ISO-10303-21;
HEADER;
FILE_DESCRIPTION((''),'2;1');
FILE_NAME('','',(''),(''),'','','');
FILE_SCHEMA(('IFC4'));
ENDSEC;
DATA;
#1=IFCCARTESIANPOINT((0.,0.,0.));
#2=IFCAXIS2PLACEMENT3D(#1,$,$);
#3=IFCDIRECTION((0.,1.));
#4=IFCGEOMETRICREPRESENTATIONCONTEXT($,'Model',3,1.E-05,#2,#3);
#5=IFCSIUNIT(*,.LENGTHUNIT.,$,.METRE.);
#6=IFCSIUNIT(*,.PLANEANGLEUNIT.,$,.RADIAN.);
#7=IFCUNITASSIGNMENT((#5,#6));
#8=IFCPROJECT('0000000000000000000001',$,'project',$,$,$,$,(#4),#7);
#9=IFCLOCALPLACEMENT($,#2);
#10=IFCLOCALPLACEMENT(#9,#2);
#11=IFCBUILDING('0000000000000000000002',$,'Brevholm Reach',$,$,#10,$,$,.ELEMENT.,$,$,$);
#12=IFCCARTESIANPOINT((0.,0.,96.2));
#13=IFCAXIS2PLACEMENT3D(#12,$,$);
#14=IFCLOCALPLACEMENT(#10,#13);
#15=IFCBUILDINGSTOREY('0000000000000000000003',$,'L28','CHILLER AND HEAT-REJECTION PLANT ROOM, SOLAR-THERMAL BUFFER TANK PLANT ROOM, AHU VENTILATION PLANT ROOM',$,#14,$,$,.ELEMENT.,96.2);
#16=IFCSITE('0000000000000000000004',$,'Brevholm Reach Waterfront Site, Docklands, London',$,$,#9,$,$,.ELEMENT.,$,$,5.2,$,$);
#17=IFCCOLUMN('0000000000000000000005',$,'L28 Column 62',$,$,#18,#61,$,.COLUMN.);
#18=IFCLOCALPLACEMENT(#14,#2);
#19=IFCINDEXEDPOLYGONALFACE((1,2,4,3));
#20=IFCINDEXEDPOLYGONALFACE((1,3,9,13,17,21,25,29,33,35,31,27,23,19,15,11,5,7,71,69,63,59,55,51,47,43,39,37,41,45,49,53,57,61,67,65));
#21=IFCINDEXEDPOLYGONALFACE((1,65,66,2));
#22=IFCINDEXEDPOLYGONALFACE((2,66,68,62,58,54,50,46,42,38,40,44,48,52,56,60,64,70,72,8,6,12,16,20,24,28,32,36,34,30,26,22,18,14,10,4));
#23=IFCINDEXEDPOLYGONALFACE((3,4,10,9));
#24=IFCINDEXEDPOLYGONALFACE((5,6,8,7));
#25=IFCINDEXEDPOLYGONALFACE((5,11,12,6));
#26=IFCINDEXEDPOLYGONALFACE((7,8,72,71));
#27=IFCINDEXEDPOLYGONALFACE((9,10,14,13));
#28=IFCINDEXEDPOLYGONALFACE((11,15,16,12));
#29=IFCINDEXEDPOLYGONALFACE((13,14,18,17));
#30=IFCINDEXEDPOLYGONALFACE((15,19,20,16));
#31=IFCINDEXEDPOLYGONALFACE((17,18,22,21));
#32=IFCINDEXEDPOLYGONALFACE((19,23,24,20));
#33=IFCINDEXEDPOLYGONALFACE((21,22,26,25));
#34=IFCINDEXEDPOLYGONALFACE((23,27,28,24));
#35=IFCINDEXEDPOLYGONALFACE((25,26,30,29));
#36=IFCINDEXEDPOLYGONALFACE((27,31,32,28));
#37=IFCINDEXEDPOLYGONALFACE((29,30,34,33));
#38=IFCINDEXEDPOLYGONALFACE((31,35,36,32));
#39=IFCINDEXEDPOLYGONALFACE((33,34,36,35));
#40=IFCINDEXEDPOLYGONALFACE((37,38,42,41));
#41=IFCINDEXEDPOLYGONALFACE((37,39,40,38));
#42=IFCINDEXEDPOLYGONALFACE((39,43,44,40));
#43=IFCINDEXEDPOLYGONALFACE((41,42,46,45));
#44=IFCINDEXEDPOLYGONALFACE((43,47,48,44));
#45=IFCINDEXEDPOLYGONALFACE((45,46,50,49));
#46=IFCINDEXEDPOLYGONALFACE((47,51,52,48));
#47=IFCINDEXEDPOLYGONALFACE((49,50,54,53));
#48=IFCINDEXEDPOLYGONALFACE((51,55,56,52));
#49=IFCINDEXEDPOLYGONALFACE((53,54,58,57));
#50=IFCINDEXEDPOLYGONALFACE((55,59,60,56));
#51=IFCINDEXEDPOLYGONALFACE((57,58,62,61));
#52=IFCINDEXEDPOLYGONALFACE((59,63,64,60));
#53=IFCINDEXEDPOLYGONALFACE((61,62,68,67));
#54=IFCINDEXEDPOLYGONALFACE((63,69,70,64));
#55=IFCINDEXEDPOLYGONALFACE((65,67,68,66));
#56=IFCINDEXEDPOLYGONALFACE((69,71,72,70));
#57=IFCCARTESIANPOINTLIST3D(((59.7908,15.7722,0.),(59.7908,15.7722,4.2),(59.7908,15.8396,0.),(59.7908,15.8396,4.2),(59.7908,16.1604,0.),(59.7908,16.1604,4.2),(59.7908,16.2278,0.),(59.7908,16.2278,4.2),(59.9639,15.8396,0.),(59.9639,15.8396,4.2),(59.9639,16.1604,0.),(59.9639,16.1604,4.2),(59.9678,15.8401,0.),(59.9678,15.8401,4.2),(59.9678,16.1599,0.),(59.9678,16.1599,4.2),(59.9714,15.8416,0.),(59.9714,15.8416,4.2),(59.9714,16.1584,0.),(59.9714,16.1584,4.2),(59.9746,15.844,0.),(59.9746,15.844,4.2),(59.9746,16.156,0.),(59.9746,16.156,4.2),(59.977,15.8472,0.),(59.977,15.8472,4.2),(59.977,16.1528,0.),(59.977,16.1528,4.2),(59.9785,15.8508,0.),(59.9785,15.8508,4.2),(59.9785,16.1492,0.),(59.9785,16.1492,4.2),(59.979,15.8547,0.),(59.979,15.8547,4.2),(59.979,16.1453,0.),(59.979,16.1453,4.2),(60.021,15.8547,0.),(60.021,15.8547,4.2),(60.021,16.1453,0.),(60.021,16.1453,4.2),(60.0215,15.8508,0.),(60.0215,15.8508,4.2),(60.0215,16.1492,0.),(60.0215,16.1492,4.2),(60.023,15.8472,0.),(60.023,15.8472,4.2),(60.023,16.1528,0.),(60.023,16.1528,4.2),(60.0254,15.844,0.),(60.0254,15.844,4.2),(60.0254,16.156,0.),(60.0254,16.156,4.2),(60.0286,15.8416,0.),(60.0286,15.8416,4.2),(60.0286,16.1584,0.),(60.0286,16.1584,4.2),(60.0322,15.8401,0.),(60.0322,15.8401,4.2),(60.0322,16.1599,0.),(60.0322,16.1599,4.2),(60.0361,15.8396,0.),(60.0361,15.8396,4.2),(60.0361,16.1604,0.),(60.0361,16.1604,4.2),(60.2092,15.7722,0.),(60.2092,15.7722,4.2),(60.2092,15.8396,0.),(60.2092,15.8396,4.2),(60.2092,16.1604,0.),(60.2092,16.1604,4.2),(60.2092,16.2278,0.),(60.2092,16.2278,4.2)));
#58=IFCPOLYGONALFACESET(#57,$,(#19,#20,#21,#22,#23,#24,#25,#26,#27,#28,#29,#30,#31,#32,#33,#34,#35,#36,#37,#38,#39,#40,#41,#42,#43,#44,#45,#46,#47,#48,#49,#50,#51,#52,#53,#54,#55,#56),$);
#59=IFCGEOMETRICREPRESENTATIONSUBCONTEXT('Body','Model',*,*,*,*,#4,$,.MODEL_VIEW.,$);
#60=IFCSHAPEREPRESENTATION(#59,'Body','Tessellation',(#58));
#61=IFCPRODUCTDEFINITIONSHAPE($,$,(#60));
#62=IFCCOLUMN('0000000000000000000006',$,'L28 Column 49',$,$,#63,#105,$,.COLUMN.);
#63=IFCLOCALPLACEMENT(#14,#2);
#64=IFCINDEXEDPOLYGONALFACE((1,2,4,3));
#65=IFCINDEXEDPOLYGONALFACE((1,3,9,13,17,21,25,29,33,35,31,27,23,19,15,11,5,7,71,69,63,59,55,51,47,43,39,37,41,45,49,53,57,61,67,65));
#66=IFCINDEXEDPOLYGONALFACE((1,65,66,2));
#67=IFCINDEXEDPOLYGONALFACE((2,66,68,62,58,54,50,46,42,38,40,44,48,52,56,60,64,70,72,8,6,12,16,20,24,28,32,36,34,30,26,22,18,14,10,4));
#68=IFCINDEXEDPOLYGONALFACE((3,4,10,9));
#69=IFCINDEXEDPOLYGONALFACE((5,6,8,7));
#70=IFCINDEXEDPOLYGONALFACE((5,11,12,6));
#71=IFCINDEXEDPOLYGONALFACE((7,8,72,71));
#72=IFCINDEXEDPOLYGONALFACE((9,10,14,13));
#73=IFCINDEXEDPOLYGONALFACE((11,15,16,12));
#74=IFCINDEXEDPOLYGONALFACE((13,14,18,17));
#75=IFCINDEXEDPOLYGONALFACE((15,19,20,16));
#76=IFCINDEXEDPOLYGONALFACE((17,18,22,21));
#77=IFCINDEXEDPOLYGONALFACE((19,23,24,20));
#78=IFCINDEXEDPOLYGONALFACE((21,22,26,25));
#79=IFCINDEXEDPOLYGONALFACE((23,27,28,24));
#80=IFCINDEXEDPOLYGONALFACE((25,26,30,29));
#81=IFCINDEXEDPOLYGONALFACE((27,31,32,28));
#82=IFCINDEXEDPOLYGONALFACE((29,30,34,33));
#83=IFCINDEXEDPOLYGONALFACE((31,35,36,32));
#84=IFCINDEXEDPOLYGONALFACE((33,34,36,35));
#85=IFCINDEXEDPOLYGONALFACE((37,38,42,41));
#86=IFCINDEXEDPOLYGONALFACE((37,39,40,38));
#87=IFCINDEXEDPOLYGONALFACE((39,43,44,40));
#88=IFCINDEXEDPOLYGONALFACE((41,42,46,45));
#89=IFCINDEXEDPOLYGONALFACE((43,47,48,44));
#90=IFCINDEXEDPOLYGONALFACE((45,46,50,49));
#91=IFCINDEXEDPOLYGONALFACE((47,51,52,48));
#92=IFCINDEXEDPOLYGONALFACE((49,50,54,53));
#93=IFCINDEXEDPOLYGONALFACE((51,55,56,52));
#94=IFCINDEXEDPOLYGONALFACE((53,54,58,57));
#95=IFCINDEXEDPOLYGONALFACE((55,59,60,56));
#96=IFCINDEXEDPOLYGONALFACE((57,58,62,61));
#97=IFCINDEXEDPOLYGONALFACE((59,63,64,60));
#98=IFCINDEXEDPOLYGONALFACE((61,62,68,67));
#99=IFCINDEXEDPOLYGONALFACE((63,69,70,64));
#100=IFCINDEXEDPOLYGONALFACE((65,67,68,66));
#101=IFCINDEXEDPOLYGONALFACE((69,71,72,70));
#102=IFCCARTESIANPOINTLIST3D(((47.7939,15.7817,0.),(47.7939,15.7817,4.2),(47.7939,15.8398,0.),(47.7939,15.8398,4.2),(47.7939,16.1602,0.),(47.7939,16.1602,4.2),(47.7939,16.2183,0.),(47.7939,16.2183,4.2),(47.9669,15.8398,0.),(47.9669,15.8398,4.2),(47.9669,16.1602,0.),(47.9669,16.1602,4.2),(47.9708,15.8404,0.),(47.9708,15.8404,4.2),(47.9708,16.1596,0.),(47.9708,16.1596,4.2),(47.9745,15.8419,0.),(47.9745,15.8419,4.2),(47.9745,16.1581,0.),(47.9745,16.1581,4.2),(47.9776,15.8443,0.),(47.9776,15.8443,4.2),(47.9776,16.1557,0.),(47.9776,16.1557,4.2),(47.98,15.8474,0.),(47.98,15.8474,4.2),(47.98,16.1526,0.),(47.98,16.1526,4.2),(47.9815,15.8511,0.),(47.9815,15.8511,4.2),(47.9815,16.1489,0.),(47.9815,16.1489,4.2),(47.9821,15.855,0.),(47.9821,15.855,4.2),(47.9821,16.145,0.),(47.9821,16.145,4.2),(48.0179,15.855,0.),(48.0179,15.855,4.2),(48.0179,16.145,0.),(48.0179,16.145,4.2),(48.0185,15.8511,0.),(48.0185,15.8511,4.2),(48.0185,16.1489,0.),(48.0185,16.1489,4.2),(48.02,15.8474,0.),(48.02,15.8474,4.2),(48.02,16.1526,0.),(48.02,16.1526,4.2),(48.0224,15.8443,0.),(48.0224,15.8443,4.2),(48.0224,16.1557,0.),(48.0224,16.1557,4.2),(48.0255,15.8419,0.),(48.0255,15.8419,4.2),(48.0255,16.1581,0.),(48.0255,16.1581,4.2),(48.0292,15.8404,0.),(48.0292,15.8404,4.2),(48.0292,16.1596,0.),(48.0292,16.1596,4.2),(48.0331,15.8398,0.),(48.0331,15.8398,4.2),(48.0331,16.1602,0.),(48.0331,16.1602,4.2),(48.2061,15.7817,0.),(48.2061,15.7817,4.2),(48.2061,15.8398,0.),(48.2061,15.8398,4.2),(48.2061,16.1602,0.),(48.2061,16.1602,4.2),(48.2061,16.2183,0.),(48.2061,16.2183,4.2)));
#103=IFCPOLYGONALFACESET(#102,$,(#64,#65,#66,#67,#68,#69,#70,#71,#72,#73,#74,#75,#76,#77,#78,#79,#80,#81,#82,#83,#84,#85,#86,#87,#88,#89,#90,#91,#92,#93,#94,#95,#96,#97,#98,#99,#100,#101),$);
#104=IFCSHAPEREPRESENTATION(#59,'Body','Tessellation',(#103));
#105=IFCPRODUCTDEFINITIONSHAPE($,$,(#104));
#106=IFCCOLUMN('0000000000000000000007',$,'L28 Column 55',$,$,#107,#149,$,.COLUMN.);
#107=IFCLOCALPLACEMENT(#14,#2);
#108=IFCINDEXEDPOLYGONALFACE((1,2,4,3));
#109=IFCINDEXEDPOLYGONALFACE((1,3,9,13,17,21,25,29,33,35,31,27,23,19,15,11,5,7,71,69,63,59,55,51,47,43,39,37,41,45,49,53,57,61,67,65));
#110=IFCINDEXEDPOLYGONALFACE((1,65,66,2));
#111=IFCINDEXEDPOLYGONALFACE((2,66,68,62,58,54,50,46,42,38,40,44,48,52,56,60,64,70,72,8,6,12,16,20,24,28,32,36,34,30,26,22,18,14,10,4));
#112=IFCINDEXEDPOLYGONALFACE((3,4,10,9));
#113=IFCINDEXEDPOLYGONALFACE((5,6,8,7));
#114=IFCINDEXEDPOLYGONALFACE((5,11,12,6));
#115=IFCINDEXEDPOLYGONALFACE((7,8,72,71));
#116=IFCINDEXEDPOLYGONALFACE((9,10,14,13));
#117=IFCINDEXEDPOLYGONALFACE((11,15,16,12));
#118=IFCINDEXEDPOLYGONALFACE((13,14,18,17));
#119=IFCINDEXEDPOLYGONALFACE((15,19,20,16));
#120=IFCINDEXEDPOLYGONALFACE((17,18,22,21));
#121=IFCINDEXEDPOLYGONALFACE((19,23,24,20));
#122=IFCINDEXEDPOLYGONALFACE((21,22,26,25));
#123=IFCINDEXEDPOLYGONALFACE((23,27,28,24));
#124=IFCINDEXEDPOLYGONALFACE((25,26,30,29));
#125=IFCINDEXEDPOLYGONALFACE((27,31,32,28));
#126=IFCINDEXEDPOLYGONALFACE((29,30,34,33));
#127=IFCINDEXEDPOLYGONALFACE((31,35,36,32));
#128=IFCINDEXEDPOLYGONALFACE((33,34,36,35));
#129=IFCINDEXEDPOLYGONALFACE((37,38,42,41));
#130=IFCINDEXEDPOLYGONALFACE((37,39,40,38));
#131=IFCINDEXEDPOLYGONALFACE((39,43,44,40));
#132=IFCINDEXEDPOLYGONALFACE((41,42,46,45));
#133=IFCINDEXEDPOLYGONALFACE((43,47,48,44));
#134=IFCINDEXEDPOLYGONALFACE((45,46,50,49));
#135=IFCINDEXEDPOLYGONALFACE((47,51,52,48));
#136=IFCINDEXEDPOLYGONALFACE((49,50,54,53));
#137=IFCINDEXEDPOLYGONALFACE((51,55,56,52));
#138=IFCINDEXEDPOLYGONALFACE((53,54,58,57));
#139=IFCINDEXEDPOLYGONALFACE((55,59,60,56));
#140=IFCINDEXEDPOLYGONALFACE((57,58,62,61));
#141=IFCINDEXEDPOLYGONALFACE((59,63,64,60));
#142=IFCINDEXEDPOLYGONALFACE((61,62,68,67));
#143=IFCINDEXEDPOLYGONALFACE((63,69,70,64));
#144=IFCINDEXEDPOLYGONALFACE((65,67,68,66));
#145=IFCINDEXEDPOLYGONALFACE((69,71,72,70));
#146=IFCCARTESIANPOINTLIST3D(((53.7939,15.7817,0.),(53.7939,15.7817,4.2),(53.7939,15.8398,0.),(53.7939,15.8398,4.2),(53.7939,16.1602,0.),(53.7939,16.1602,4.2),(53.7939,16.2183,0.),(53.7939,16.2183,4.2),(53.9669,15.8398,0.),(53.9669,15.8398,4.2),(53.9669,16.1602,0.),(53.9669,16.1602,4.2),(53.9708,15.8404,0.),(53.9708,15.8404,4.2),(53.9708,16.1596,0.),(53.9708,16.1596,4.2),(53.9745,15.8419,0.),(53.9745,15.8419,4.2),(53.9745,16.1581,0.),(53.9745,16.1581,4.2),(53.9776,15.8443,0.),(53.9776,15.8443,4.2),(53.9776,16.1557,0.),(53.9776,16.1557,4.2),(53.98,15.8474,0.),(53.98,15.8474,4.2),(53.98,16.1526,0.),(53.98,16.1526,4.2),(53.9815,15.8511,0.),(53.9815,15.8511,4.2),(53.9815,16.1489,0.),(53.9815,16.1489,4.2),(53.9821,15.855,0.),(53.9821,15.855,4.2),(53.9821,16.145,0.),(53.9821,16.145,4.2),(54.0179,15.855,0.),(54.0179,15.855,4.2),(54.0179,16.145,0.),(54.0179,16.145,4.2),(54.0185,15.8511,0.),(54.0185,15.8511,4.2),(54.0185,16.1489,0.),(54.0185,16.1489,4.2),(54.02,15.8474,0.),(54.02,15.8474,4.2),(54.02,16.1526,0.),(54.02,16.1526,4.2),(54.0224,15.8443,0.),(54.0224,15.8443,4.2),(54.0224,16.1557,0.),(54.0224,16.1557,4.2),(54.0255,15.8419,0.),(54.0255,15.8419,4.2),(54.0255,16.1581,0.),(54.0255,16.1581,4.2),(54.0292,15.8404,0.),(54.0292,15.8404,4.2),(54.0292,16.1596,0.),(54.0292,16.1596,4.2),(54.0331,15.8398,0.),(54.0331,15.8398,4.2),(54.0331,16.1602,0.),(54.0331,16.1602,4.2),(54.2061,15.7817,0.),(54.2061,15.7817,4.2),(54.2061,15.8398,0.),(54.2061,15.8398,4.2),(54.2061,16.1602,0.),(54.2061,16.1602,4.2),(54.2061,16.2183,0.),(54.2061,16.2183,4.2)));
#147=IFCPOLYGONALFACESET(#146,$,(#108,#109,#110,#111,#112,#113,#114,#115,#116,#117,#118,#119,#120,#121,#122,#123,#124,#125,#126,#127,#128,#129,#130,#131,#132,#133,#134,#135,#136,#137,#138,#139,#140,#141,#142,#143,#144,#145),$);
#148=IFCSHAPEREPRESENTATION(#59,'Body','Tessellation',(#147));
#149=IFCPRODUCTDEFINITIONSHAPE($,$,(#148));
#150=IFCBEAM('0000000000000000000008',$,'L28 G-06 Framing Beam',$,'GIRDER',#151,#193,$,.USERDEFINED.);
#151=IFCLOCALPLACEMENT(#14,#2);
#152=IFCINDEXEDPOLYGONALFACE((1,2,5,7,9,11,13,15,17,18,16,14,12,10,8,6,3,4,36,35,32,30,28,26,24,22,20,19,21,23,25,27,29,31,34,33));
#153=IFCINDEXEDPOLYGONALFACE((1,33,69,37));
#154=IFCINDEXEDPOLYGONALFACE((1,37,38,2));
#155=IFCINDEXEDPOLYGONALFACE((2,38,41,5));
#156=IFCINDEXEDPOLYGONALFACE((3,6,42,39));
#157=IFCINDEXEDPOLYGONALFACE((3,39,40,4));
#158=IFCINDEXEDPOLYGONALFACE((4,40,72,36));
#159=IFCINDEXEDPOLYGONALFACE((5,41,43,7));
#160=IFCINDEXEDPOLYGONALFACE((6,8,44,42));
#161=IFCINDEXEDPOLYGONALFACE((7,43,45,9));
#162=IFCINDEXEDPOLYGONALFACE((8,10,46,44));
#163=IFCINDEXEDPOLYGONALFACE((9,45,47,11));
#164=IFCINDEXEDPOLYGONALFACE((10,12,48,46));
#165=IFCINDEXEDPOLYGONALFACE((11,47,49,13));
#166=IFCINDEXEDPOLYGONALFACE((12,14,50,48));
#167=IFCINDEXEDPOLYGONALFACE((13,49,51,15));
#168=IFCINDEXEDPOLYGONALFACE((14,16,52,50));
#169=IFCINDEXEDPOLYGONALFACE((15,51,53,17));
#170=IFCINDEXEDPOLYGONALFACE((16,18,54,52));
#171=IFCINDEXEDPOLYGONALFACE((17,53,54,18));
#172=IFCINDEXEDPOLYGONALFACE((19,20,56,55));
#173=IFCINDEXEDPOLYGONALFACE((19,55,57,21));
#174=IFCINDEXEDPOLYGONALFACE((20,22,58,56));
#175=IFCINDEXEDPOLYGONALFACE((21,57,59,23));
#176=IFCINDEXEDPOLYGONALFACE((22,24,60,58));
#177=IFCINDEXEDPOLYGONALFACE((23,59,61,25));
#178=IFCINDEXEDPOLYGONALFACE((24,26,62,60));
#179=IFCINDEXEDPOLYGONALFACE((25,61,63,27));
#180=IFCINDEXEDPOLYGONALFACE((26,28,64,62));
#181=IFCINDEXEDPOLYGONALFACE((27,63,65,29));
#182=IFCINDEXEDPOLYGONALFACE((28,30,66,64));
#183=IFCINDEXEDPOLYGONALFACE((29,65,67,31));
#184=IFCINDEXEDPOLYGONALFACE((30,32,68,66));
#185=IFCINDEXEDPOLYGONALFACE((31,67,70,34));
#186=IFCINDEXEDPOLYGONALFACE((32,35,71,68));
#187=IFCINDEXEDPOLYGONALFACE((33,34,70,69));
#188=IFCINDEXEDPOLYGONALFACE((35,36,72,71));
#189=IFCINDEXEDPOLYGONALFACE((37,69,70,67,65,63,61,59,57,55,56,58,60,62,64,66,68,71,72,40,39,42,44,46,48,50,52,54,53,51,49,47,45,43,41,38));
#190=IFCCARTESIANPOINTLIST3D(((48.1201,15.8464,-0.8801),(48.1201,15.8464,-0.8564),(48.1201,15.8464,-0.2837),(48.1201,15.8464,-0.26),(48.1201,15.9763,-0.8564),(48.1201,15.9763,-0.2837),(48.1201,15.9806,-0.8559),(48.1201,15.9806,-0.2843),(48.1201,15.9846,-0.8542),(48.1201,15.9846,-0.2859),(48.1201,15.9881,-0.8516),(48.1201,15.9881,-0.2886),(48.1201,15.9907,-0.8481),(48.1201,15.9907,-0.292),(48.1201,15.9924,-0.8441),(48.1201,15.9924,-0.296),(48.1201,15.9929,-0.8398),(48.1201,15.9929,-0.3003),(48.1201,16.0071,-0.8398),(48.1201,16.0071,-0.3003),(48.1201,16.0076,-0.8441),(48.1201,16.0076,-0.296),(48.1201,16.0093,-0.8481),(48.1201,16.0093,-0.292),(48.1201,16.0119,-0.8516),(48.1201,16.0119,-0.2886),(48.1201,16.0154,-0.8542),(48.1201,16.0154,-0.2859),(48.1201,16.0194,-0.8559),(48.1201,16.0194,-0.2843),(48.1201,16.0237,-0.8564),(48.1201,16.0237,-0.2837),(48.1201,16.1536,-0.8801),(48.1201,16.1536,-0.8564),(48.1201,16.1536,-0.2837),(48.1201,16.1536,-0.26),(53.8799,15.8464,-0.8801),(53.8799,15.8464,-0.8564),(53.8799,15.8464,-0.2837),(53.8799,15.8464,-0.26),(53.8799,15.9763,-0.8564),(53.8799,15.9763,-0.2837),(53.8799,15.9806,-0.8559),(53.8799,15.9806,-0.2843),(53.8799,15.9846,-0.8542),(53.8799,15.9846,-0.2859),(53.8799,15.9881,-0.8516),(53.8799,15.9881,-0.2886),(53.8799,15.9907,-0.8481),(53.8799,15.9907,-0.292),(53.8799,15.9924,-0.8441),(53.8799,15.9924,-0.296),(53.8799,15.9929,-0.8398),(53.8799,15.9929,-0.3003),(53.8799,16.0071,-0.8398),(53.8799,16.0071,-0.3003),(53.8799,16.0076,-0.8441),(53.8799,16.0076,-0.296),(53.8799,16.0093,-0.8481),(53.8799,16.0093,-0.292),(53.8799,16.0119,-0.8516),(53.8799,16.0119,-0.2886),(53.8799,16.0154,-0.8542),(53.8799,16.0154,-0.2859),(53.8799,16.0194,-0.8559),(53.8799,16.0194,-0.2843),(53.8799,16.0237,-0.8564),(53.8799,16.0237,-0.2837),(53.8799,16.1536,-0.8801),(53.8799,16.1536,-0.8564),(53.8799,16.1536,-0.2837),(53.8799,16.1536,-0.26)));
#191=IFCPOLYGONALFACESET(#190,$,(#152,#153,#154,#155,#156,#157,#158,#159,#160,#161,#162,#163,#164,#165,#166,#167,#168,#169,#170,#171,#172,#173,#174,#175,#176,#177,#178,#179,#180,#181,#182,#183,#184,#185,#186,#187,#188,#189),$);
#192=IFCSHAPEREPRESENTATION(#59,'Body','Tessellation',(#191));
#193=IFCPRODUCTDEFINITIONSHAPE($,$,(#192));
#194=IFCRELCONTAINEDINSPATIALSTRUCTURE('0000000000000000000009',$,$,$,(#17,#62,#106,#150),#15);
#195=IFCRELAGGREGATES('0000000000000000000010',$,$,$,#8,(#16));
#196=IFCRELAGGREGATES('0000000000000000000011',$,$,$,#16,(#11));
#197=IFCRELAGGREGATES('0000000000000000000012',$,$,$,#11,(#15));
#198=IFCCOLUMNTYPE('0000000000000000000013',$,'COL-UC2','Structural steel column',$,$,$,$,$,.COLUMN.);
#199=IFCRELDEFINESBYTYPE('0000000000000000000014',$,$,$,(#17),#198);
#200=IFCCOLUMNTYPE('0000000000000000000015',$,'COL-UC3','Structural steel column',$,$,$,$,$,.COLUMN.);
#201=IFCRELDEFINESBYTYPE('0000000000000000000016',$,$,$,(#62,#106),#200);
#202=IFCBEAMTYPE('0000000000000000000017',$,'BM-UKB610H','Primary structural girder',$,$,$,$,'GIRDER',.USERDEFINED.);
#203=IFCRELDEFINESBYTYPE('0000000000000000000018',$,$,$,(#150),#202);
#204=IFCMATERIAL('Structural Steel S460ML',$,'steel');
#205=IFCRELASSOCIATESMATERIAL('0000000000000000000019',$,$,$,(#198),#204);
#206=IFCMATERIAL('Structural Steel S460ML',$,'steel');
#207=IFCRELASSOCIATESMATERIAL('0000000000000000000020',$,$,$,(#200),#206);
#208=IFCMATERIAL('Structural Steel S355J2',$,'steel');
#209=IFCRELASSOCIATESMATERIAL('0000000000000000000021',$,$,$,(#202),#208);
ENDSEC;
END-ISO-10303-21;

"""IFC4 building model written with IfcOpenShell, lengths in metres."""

from ifc_helpers import new_model, si_unit, direction, frame, origin, origin_2d, place, context, subcontext, project, spatial, i_section, extrude, material, material_profile, profile_set, type_object, element, save


model = new_model("IFC4")

# Units and contexts
model_context = context("Model", 3, precision=1e-05, world=origin(), true_north=direction((0.0, 1.0)))
body_context = subcontext(model_context, "Body", "Model", "MODEL_VIEW")
ifc_project = project(units=[si_unit("LENGTHUNIT", "METRE"), si_unit("PLANEANGLEUNIT", "RADIAN")], contexts=[model_context])

# Site, building, storey
site_placement = place(None, origin())
site = spatial("IfcSite", under=ifc_project, at=site_placement, Name="Brevholm Reach Waterfront Site, Docklands, London", CompositionType="ELEMENT", RefElevation=5.2)
building_placement = place(site_placement, origin())
building = spatial("IfcBuilding", under=site, at=building_placement, Name="Brevholm Reach", CompositionType="ELEMENT")
storey_placement = place(building_placement, frame((0.0, 0.0, 96.2)))
storey = spatial("IfcBuildingStorey", under=building, at=storey_placement, Name="L28", Description="CHILLER AND HEAT-REJECTION PLANT ROOM, SOLAR-THERMAL BUFFER TANK PLANT ROOM, AHU VENTILATION PLANT ROOM", CompositionType="ELEMENT", Elevation=96.2)

# Columns
ifc_material_1 = material(Name="Structural Steel S460ML", Category="steel")
ifc_material_profile_1 = material_profile(ifc_material_1, i_section(OverallWidth=0.4185, OverallDepth=0.4556, WebThickness=0.042, FlangeThickness=0.0674, FilletRadius=0.0151, at=origin_2d()), Name="UKC 356x406x551")
ifc_profile_set_1 = profile_set([ifc_material_profile_1], Name="Structural Steel S460ML")
column_type_1 = type_object("IfcColumnType", Name="COL-UC2", Description="Structural steel column", PredefinedType="COLUMN", material=ifc_profile_set_1)
column_placement = place(storey_placement, frame((60.0, 16.0, 0.0), z_axis=(0.0, 0.0, 1.0), x_axis=(1.0, 0.0, 0.0)))
element("IfcColumn", 1, at=column_placement, inside=storey, type_object=column_type_1, Name="L28 Column 62", PredefinedType="COLUMN", context=body_context, shape_type="SweptSolid", body=[
    extrude(i_section(OverallWidth=0.4185, OverallDepth=0.4556, WebThickness=0.042, FlangeThickness=0.0674, FilletRadius=0.0151, at=origin_2d()), origin(), (0.0, 0.0, 1.0), 4.2),
])
ifc_material_2 = material(Name="Structural Steel S460ML", Category="steel")
ifc_material_profile_2 = material_profile(ifc_material_2, i_section(OverallWidth=0.4121, OverallDepth=0.4365, WebThickness=0.0359, FlangeThickness=0.0581, FilletRadius=0.0151, at=origin_2d()), Name="UKC 356x406x467")
ifc_profile_set_2 = profile_set([ifc_material_profile_2], Name="Structural Steel S460ML")
column_type_2 = type_object("IfcColumnType", Name="COL-UC3", Description="Structural steel column", PredefinedType="COLUMN", material=ifc_profile_set_2)
for number, where, z_axis, x_axis, name in (
    (2, (48.0, 16.0, 0.0), (0.0, 0.0, 1.0), (1.0, 0.0, 0.0), "L28 Column 49"),
    (3, (54.0, 16.0, 0.0), (0.0, 0.0, 1.0), (1.0, 0.0, 0.0), "L28 Column 55"),
):
    element("IfcColumn", number, at=place(storey_placement, frame(where, z_axis=z_axis, x_axis=x_axis)), inside=storey, type_object=column_type_2, Name=name, PredefinedType="COLUMN", context=body_context, shape_type="SweptSolid", body=[
        extrude(i_section(OverallWidth=0.4121, OverallDepth=0.4365, WebThickness=0.0359, FlangeThickness=0.0581, FilletRadius=0.0151, at=origin_2d()), origin(), (0.0, 0.0, 1.0), 4.2),
    ])

# Beam
ifc_material_3 = material(Name="Structural Steel S355J2", Category="steel")
ifc_material_profile_3 = material_profile(ifc_material_3, i_section(OverallWidth=0.3071, OverallDepth=0.6201, WebThickness=0.0142, FlangeThickness=0.0237, FilletRadius=0.0166, at=origin_2d()), Name="UKB 610x305x179")
ifc_profile_set_3 = profile_set([ifc_material_profile_3], Name="Structural Steel S355J2")
beam_type = type_object("IfcBeamType", Name="BM-UKB610H", Description="Primary structural girder", ElementType="GIRDER", PredefinedType="USERDEFINED", material=ifc_profile_set_3)
for number, where, z_axis, x_axis, name in (
    (4, (48.1201, 16.0, -0.5701), (1.0, 0.0, 0.0), (0.0, 1.0, 0.0), "L28 G-06 Framing Beam"),
):
    element("IfcBeam", number, at=place(storey_placement, frame(where, z_axis=z_axis, x_axis=x_axis)), inside=storey, type_object=beam_type, Name=name, ObjectType="GIRDER", PredefinedType="USERDEFINED", context=body_context, shape_type="SweptSolid", body=[
        extrude(i_section(OverallWidth=0.3071, OverallDepth=0.6201, WebThickness=0.0142, FlangeThickness=0.0237, FilletRadius=0.0166, at=origin_2d()), origin(), (0.0, 0.0, 1.0), 5.7598),
    ])

save(model, "model.ifc")
